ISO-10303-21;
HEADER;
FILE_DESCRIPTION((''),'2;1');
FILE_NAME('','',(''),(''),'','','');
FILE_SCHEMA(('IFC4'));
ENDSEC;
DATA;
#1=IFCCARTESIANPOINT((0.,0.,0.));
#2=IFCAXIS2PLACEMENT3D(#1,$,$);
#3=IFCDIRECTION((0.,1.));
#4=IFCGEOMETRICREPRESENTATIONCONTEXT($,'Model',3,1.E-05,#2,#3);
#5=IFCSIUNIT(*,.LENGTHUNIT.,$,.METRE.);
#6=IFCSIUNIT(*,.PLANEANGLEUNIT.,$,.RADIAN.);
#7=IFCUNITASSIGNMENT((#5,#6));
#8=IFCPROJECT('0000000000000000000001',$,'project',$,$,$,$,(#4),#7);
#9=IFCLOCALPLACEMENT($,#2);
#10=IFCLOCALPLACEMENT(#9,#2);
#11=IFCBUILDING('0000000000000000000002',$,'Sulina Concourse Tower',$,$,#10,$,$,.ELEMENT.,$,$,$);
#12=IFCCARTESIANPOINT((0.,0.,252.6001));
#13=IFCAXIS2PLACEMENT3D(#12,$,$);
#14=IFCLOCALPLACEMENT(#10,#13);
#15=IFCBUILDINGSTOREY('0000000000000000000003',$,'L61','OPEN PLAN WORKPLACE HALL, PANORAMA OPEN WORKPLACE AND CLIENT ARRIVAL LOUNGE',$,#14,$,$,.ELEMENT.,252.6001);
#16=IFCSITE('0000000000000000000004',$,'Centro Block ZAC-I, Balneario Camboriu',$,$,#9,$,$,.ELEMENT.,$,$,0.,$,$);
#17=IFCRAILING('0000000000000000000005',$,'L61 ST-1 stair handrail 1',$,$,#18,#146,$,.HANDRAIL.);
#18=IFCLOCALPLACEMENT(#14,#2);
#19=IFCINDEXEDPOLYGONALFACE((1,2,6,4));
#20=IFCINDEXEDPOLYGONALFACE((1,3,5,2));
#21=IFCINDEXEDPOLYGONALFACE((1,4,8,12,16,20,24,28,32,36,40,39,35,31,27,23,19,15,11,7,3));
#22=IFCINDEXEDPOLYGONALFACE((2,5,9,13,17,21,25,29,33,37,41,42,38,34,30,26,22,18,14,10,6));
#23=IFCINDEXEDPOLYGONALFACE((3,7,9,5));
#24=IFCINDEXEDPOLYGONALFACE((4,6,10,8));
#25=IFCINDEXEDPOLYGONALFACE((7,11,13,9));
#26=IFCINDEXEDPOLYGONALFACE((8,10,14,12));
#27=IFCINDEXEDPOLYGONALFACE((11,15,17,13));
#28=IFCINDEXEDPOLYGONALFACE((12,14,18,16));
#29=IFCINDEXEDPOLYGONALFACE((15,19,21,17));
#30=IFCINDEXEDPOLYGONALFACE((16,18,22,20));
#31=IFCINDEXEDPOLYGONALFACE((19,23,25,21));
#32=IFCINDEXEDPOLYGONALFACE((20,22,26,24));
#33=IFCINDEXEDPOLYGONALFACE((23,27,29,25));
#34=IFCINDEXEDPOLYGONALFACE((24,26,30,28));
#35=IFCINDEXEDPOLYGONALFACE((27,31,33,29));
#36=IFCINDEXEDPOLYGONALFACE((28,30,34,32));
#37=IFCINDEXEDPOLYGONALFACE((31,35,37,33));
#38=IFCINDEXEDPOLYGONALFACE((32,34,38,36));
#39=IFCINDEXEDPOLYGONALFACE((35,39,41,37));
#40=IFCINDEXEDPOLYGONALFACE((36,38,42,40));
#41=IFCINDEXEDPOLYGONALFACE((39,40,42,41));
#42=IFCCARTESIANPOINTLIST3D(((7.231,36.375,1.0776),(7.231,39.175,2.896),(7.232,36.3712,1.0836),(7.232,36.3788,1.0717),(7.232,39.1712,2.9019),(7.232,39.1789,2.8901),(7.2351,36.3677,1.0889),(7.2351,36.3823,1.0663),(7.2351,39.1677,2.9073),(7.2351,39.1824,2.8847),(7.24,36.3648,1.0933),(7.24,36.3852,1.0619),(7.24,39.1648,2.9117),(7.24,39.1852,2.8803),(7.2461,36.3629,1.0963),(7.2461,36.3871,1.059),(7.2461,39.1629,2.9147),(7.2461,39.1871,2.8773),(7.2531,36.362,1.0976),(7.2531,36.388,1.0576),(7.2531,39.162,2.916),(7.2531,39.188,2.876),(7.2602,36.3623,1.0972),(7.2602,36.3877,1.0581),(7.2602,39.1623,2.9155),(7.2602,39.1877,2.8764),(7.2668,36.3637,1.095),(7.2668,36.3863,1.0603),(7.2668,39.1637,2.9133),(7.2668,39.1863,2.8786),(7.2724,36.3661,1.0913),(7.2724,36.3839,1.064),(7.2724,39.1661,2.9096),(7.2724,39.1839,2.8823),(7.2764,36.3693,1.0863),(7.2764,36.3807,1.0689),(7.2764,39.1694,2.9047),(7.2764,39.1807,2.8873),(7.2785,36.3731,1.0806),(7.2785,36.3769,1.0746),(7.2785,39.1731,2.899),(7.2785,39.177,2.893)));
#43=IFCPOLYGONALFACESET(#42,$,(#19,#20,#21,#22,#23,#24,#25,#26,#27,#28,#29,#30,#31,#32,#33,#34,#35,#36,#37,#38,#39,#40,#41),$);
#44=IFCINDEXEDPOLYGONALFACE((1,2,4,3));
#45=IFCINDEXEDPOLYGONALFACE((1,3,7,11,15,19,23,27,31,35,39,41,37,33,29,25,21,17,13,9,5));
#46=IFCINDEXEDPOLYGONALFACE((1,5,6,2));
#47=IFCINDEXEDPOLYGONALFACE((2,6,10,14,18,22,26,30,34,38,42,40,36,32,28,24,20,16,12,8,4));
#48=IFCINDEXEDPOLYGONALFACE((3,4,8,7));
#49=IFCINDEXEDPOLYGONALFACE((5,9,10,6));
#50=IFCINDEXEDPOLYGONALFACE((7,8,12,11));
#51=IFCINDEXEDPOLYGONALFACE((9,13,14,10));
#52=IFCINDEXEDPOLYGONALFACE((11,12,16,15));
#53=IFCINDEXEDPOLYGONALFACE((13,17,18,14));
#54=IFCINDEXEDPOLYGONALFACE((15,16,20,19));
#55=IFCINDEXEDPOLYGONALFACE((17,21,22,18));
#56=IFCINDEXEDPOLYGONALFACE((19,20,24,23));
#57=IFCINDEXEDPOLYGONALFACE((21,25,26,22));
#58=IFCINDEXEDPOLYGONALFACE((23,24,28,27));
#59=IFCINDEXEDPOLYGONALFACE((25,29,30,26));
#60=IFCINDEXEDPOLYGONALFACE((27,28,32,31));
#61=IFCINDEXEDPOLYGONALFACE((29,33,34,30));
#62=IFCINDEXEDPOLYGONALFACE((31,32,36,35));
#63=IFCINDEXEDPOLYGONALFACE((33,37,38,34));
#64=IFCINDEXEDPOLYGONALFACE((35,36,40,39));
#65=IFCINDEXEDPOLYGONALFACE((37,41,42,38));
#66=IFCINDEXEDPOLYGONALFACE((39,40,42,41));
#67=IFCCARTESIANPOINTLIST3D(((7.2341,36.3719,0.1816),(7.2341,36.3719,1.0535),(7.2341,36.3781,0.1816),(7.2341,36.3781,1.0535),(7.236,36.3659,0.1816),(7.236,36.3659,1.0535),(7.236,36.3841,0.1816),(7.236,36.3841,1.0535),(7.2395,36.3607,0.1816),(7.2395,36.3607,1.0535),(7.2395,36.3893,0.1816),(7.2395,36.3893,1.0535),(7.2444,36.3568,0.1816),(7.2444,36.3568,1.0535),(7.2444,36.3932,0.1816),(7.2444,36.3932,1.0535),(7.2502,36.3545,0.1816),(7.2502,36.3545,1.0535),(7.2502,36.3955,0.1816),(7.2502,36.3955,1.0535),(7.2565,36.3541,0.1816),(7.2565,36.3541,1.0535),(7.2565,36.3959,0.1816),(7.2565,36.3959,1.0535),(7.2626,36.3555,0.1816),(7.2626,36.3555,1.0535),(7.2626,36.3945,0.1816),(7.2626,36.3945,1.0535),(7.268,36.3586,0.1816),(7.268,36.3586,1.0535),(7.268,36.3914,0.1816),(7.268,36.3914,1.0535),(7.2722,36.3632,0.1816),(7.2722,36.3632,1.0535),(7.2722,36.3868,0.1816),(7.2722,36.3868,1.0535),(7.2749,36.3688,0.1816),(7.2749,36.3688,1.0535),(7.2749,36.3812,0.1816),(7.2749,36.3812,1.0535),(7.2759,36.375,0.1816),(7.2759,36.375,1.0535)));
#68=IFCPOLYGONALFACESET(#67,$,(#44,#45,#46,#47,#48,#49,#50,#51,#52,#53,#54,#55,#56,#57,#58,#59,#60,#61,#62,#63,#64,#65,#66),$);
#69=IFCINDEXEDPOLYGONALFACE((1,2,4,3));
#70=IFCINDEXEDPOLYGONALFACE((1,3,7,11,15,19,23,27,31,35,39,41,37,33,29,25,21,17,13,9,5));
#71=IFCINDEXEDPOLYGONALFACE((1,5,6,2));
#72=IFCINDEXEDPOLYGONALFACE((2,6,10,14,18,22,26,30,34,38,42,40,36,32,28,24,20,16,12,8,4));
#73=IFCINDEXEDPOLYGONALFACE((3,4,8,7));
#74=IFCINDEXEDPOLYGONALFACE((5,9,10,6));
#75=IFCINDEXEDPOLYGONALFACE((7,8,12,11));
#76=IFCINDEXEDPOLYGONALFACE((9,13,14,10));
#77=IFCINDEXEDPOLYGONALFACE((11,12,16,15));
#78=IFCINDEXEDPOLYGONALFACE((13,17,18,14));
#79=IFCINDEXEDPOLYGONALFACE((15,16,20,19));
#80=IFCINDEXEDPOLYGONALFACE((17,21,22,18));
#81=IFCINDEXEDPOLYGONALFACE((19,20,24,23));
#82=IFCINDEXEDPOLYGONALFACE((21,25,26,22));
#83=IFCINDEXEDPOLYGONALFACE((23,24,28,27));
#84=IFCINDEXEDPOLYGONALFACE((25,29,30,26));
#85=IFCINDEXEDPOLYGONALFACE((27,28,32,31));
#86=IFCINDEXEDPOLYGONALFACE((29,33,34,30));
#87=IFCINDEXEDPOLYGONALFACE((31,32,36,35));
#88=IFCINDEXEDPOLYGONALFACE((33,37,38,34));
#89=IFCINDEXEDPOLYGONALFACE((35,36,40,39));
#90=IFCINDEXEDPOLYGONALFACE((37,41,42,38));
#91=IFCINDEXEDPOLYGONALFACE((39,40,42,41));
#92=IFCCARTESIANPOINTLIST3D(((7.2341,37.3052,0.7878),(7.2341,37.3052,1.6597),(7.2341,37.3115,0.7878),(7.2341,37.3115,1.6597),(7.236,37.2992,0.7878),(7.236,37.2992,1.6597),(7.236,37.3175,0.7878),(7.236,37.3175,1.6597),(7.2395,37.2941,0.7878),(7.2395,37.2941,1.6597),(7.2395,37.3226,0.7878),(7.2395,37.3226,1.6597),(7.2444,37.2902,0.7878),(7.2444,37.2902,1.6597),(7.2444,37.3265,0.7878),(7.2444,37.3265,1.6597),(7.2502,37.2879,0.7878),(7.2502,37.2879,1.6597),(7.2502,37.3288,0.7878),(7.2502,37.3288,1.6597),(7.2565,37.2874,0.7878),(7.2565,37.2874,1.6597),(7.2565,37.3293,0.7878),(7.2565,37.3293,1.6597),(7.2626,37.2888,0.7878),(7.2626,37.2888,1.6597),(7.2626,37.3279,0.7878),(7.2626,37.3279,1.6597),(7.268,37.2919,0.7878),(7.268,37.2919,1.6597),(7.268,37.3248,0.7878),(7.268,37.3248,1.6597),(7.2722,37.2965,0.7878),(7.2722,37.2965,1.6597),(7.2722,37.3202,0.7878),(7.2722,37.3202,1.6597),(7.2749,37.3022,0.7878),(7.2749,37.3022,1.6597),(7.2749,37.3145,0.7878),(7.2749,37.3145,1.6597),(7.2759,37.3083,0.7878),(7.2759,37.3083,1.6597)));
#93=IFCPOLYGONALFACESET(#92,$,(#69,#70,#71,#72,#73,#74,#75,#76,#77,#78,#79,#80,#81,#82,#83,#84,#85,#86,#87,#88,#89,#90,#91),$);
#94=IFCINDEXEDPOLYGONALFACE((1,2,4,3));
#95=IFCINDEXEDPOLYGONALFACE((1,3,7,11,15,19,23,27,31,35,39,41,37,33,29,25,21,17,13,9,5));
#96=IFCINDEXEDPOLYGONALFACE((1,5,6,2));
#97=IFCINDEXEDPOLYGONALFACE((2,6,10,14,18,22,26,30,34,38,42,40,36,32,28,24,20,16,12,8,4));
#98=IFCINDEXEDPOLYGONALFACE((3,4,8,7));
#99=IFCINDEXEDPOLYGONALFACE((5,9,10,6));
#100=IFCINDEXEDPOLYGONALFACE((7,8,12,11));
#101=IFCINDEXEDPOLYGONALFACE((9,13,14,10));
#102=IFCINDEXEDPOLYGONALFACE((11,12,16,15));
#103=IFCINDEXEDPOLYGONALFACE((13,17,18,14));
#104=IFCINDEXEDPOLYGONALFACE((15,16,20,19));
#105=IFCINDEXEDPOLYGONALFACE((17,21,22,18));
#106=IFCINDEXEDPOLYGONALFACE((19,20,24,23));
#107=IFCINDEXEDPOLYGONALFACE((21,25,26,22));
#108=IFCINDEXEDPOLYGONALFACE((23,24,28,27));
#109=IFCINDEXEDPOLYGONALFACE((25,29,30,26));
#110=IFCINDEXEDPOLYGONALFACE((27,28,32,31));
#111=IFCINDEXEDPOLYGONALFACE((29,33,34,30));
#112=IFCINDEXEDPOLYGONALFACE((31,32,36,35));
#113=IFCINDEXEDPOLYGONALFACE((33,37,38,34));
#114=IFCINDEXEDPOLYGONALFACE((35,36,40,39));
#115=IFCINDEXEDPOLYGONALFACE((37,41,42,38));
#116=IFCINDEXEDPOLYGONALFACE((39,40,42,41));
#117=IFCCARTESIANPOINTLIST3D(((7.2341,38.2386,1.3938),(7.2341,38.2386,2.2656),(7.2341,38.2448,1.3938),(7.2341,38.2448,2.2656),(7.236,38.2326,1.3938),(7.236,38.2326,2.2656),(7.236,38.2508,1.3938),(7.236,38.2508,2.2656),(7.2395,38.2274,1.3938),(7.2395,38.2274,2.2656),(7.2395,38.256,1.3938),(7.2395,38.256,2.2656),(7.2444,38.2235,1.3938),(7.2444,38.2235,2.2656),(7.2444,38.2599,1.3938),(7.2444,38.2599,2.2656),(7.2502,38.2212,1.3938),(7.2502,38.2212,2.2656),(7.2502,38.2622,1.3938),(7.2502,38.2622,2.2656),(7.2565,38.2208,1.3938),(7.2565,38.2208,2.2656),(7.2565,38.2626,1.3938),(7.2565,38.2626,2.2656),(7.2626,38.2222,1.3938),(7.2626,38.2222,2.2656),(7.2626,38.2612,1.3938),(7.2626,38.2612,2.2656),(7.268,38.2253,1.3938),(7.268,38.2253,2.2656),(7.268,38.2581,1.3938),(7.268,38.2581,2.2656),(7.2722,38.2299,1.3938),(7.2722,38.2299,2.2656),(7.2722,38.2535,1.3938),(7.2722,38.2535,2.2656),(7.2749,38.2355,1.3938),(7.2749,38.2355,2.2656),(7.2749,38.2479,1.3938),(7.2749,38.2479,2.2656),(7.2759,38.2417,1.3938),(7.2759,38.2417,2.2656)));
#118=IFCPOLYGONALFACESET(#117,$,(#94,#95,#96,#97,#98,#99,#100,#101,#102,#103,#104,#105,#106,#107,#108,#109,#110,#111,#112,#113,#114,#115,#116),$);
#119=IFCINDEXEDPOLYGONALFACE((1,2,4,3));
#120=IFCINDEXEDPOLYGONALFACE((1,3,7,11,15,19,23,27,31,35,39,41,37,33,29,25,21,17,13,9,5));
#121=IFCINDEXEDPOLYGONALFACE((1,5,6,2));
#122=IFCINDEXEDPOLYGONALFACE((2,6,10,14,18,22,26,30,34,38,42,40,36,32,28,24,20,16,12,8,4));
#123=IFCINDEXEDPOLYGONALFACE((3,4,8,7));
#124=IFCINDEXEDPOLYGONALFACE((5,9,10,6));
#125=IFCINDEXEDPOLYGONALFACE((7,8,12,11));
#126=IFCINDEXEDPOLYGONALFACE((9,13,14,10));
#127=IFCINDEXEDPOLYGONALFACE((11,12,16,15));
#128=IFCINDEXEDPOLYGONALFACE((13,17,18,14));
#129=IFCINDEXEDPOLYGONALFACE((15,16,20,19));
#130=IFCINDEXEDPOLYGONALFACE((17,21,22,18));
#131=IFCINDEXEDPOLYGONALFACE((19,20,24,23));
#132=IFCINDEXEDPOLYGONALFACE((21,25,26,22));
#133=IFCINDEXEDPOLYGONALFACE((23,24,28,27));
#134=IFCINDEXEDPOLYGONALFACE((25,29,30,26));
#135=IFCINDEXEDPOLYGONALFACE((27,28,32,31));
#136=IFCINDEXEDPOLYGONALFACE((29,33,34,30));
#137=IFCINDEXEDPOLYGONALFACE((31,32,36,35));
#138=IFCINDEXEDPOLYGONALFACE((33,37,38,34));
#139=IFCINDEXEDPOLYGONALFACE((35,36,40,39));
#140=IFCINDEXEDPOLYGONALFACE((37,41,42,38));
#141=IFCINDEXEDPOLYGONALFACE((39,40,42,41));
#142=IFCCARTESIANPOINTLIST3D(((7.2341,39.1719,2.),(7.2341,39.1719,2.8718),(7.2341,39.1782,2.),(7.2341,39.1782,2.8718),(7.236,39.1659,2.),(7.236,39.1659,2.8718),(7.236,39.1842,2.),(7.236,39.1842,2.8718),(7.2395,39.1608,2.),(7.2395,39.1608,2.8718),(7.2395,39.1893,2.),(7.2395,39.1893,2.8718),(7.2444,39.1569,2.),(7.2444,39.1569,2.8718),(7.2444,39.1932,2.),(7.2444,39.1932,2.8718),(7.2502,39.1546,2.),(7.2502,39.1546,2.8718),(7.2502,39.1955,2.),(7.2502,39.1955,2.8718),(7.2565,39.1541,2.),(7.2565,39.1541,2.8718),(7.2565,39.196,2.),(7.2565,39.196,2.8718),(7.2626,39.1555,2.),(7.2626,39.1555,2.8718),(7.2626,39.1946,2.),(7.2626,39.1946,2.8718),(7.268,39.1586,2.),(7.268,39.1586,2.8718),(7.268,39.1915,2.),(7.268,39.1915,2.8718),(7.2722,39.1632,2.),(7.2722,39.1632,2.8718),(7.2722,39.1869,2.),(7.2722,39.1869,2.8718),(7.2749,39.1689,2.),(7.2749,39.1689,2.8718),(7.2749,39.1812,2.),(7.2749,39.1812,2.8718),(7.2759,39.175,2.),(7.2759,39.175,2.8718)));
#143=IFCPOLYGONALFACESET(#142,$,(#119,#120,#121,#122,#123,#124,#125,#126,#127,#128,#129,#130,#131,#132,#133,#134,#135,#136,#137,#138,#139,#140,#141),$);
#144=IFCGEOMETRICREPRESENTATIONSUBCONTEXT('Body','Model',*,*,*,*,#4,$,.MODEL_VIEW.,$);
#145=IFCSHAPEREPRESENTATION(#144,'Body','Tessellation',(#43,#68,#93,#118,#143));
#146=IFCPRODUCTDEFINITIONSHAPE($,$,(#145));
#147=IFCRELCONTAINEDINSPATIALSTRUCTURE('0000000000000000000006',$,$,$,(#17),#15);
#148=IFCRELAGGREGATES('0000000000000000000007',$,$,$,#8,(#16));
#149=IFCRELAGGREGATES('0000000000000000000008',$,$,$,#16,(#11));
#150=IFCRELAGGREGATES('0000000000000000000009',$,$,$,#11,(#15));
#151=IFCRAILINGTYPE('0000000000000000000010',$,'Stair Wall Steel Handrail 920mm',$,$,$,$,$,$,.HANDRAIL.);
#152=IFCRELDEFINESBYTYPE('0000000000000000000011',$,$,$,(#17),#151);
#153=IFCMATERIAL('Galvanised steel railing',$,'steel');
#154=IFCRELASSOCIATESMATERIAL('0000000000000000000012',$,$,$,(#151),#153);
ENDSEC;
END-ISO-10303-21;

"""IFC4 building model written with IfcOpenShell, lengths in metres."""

from ifc_helpers import new_model, si_unit, direction, frame, origin, origin_2d, place, context, subcontext, project, spatial, circle, extrude, material, type_object, element, save


model = new_model("IFC4")

# Units and contexts
model_context = context("Model", 3, precision=1e-05, world=origin(), true_north=direction((0.0, 1.0)))
body_context = subcontext(model_context, "Body", "Model", "MODEL_VIEW")
ifc_project = project(units=[si_unit("LENGTHUNIT", "METRE"), si_unit("PLANEANGLEUNIT", "RADIAN")], contexts=[model_context])

# Site, building, storey
site_placement = place(None, origin())
site = spatial("IfcSite", under=ifc_project, at=site_placement, Name="Centro Block ZAC-I, Balneario Camboriu", CompositionType="ELEMENT", RefElevation=0.0)
building_placement = place(site_placement, origin())
building = spatial("IfcBuilding", under=site, at=building_placement, Name="Sulina Concourse Tower", CompositionType="ELEMENT")
storey_placement = place(building_placement, frame((0.0, 0.0, 252.6001)))
storey = spatial("IfcBuildingStorey", under=building, at=storey_placement, Name="L61", Description="OPEN PLAN WORKPLACE HALL, PANORAMA OPEN WORKPLACE AND CLIENT ARRIVAL LOUNGE", CompositionType="ELEMENT", Elevation=252.6001)

# Railing
ifc_material_1 = material(Name="Galvanised steel railing", Category="steel")
railing_type_1 = type_object("IfcRailingType", Name="Stair Wall Steel Handrail 920mm", PredefinedType="HANDRAIL", material=ifc_material_1)
railing_1_placement = place(storey_placement, frame((7.2549, 36.375, 0.1816)))
element("IfcRailing", 1, at=railing_1_placement, inside=storey, type_object=railing_type_1, Name="L61 ST-1 stair handrail 1", PredefinedType="HANDRAIL", context=body_context, shape_type="SweptSolid", body=[
    extrude(circle(Radius=0.0239, at=origin_2d()), frame((0.0, 0.0, 0.896), z_axis=(0.0, 0.838672, 0.544636), x_axis=(-1.0, 0.0, 0.0)), (0.0, 0.0, 1.0), 3.3386),
    extrude(circle(Radius=0.021, at=origin_2d()), origin(), (0.0, 0.0, 1.0), 0.8718),
    extrude(circle(Radius=0.021, at=origin_2d()), frame((0.0, 0.9333, 0.6062)), (0.0, 0.0, 1.0), 0.8718),
    extrude(circle(Radius=0.021, at=origin_2d()), frame((0.0, 1.8667, 1.2122)), (0.0, 0.0, 1.0), 0.8718),
    extrude(circle(Radius=0.021, at=origin_2d()), frame((0.0, 2.8, 1.8184)), (0.0, 0.0, 1.0), 0.8718),
])

save(model, "model.ifc")
